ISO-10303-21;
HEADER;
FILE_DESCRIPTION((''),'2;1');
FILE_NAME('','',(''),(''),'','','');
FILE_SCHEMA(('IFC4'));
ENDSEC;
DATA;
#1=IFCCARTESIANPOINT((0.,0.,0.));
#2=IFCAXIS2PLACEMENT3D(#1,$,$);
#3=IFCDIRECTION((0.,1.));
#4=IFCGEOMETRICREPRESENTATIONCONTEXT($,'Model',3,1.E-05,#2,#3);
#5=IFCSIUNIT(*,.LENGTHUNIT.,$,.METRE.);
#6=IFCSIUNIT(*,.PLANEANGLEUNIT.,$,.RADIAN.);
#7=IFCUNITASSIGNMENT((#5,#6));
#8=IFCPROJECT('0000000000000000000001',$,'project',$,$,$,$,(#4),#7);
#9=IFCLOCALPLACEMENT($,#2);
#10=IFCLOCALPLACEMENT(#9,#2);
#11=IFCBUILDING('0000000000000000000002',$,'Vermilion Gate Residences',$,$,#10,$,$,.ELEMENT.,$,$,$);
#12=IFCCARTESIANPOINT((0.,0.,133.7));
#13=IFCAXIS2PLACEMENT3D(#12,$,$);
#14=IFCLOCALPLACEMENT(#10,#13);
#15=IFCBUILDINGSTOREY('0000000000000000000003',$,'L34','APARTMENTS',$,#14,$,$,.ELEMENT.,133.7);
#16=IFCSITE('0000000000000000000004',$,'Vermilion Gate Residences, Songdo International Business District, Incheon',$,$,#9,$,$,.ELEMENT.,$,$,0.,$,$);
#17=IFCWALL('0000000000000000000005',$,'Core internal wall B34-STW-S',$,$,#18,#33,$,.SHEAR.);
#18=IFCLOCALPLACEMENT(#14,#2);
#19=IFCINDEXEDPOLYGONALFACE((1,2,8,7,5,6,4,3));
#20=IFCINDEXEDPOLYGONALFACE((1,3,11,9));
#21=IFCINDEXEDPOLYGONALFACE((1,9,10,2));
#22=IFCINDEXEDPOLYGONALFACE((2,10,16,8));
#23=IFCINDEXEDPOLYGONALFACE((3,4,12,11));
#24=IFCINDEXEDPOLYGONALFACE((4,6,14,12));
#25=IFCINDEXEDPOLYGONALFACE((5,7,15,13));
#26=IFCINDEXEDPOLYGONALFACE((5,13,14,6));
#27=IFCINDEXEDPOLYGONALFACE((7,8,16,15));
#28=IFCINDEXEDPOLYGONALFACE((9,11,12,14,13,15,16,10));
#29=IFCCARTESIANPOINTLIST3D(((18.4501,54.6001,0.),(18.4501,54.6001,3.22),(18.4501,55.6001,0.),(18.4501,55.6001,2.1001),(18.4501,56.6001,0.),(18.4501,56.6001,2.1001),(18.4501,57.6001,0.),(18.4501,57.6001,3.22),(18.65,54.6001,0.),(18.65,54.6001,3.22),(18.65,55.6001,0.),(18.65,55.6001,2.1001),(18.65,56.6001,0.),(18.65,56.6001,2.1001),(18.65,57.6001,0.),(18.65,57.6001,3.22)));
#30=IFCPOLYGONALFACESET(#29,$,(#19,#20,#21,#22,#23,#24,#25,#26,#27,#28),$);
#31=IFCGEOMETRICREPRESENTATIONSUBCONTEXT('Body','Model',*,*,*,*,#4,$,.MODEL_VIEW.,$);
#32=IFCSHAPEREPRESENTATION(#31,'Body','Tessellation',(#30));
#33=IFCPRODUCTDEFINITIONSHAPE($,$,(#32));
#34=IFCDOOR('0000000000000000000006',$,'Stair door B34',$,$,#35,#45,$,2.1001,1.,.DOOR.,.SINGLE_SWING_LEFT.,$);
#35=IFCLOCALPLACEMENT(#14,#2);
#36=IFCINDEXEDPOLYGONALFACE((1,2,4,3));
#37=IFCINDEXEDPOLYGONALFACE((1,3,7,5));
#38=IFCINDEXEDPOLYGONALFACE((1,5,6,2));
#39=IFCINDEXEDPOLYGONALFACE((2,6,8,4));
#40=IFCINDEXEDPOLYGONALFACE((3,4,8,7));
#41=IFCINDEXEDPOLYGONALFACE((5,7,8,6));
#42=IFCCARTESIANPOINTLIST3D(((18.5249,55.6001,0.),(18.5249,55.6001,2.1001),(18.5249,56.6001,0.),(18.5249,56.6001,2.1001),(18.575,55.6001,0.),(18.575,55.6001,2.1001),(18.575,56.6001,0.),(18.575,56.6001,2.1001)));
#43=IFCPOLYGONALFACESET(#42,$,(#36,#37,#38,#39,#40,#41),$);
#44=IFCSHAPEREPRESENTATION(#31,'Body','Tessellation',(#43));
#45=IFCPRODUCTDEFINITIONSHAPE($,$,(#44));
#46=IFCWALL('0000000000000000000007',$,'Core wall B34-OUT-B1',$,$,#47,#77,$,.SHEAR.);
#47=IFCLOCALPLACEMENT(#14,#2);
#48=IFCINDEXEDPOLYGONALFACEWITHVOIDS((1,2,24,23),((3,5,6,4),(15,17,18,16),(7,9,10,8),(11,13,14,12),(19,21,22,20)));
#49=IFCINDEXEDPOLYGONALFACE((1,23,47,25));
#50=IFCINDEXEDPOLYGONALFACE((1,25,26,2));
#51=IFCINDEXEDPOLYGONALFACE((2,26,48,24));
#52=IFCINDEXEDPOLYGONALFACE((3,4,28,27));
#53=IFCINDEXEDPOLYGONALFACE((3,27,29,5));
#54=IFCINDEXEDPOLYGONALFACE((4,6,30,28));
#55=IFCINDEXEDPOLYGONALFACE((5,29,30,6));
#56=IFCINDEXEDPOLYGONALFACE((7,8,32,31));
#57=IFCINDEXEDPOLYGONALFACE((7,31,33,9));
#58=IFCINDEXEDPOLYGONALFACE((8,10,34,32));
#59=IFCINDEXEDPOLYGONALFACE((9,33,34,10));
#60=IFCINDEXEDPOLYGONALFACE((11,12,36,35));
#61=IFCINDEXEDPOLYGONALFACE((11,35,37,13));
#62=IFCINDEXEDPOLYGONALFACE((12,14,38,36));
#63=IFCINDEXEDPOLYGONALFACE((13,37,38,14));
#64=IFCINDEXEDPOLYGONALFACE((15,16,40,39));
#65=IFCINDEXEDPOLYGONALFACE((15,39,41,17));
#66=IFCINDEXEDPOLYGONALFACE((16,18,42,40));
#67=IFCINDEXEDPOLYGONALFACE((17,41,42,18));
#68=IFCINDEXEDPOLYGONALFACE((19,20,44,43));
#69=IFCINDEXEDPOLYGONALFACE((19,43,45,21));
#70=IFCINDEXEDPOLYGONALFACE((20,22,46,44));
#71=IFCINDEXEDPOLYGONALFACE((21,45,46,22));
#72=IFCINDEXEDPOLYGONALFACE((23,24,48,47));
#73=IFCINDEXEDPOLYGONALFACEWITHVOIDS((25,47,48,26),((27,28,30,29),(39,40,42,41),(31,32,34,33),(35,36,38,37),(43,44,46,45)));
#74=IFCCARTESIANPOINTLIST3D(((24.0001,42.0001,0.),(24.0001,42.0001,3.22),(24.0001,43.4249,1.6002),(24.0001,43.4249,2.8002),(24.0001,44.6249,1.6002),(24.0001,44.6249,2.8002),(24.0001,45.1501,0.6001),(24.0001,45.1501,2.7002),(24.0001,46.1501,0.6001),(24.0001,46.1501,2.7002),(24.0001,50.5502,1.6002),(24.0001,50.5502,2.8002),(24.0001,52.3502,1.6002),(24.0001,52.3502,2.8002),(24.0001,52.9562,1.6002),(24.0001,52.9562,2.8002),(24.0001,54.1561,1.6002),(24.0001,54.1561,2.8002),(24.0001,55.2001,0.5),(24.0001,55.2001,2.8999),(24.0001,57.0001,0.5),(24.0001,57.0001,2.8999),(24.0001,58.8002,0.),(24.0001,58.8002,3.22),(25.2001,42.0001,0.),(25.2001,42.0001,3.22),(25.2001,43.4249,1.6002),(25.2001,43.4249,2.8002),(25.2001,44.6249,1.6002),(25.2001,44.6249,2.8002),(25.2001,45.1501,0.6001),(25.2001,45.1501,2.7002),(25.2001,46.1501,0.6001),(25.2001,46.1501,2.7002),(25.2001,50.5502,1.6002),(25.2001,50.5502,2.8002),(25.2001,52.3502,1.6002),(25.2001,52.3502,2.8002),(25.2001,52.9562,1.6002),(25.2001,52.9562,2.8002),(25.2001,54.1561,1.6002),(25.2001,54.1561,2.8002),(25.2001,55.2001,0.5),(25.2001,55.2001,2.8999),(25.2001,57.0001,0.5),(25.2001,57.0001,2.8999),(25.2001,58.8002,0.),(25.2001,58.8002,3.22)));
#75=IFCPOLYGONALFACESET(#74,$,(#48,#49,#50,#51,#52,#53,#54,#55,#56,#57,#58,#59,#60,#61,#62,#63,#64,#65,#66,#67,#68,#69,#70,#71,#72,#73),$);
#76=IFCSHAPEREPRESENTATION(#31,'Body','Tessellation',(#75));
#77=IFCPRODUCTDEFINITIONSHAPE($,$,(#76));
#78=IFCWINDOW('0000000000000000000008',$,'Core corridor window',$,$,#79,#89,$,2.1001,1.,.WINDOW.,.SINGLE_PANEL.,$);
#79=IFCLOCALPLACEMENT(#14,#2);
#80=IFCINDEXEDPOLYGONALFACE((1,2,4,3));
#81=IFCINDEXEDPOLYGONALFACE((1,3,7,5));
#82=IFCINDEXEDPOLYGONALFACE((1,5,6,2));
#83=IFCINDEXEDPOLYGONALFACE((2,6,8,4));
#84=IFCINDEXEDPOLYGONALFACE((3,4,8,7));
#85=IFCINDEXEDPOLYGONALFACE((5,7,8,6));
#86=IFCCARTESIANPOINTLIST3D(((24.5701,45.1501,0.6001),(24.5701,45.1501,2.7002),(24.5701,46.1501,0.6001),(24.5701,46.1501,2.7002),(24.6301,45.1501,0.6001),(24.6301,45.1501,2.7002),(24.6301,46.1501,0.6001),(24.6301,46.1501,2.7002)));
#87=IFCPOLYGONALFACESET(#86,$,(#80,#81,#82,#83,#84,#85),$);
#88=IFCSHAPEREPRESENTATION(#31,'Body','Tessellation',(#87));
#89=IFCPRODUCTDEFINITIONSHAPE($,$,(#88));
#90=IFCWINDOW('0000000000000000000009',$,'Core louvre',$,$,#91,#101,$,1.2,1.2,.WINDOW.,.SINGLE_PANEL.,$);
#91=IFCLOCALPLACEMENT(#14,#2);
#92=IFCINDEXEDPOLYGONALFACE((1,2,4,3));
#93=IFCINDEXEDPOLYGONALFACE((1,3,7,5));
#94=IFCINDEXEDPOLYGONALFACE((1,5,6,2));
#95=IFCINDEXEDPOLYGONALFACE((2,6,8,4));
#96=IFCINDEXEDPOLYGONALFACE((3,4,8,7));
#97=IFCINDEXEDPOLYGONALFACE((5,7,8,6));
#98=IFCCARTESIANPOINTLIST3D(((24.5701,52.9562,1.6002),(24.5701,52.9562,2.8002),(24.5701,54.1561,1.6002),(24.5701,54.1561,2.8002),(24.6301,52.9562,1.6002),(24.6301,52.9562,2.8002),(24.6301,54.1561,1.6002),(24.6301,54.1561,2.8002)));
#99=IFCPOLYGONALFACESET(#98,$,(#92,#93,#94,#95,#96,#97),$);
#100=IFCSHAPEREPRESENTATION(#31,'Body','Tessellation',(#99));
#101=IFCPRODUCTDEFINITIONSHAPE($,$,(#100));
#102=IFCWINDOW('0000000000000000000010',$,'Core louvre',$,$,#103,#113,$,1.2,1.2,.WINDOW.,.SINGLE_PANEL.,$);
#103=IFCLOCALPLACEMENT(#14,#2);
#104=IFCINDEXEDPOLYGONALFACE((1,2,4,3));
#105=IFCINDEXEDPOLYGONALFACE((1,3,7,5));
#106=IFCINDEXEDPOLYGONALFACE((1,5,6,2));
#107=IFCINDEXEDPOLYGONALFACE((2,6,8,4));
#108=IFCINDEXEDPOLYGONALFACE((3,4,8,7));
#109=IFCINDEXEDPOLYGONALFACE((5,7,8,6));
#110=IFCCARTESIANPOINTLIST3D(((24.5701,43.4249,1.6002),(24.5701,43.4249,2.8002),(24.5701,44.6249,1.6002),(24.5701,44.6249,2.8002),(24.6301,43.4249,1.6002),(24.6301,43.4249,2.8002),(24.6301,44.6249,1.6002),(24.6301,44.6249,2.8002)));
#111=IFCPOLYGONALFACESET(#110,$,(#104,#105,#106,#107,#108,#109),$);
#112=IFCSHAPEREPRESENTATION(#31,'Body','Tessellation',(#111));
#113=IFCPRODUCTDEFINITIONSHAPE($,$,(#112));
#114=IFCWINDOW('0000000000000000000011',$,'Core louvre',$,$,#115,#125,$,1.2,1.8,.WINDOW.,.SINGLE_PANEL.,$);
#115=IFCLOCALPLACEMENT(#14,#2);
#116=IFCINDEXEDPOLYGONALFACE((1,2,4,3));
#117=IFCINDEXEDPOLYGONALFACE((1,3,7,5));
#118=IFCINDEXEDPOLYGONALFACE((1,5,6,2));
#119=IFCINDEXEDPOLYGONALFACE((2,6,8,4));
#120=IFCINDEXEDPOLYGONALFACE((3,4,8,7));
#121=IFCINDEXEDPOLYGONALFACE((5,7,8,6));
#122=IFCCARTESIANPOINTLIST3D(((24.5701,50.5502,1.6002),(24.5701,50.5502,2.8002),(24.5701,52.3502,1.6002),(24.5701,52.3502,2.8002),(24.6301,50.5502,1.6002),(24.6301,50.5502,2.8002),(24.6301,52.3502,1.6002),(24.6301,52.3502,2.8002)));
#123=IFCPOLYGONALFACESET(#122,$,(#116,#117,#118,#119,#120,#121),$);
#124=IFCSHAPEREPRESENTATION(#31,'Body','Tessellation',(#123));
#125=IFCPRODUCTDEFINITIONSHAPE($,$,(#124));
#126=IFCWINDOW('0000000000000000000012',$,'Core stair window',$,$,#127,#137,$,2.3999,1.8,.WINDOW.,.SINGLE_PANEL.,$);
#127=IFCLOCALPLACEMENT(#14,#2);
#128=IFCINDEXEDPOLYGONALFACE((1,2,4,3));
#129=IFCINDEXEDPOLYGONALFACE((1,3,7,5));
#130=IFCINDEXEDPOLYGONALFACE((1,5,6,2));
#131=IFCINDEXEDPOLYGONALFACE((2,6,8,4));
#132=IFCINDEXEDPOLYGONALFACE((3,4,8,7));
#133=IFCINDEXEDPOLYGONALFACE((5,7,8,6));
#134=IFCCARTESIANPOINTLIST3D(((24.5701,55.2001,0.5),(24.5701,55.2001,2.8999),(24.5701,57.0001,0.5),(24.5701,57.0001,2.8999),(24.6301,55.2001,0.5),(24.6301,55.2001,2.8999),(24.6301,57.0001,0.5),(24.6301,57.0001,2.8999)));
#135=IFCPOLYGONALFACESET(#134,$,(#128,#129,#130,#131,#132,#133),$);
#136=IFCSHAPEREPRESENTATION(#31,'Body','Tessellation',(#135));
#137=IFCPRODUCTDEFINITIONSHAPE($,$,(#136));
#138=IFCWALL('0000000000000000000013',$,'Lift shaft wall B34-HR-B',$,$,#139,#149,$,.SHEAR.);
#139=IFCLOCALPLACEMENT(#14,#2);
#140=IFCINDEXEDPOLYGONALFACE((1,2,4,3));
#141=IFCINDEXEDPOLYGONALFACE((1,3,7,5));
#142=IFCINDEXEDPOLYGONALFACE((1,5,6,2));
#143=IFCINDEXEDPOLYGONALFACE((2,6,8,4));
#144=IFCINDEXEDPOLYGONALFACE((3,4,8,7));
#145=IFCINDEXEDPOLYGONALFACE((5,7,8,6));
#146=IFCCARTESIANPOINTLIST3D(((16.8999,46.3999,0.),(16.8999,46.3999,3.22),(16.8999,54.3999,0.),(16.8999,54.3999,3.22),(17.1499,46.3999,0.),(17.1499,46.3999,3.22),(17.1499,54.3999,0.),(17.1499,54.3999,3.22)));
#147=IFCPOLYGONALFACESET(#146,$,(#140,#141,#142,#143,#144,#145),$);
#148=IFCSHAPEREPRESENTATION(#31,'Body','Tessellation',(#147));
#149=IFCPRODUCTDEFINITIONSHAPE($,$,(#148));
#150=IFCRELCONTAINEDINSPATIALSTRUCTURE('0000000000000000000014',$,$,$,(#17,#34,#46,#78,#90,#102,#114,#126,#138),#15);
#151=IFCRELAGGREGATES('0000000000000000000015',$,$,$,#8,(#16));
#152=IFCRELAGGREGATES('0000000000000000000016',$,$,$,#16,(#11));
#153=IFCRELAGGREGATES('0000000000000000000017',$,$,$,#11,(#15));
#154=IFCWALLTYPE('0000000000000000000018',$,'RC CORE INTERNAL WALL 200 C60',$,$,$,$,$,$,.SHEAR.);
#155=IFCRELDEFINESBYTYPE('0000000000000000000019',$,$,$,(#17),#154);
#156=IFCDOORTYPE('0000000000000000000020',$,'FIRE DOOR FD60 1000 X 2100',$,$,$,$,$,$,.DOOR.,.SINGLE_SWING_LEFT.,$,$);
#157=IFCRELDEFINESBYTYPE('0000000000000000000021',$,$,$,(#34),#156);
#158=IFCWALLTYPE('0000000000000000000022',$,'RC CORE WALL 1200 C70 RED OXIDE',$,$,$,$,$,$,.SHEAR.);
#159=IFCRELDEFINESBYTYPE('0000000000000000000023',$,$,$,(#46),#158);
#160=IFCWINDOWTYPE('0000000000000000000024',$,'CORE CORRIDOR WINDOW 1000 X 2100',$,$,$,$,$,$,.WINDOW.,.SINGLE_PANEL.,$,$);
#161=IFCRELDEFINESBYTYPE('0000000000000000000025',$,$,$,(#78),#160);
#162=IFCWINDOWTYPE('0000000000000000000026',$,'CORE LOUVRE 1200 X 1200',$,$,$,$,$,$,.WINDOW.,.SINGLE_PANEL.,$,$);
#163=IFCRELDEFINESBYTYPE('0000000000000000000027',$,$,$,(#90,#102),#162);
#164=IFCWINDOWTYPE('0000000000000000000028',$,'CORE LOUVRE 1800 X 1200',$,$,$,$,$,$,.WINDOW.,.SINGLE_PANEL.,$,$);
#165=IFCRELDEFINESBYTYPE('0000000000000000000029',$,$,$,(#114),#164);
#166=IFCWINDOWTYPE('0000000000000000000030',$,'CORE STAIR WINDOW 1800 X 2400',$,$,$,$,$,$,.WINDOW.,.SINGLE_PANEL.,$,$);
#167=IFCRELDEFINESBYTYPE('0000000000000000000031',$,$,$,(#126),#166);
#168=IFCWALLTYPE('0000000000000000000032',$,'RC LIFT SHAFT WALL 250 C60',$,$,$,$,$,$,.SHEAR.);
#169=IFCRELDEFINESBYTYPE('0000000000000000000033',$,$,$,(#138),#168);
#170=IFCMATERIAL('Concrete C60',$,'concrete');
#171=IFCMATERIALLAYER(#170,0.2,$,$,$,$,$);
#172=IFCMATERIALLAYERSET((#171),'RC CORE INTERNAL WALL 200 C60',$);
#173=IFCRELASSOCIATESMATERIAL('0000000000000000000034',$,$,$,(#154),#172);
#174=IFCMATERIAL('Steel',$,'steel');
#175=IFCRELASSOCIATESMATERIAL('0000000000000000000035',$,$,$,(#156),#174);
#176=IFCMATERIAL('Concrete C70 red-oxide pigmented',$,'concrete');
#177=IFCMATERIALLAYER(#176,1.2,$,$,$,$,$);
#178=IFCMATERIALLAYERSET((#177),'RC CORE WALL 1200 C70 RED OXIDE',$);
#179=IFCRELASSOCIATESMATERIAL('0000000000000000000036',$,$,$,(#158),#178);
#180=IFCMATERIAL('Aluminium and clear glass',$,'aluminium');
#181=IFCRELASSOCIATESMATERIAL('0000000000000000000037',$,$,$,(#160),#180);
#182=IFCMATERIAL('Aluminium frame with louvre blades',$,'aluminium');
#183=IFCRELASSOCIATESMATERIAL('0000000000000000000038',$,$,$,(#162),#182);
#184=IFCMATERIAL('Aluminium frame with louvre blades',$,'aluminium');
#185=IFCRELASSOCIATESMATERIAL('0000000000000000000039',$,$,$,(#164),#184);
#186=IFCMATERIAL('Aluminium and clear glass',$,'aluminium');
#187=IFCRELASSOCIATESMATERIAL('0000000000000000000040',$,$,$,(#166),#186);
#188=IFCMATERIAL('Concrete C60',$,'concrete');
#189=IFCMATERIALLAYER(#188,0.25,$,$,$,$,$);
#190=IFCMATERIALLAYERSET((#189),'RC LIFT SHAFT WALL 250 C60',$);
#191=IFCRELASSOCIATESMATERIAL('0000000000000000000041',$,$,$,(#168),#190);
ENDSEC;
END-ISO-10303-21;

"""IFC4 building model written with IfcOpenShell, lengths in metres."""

from ifc_helpers import new_model, si_unit, direction, frame, frame_2d, origin, place, context, subcontext, project, spatial, rectangle, extrude, material, layer, layer_set, type_object, element, fill, save


model = new_model("IFC4")

# Units and contexts
model_context = context("Model", 3, precision=1e-05, world=origin(), true_north=direction((0.0, 1.0)))
body_context = subcontext(model_context, "Body", "Model", "MODEL_VIEW")
ifc_project = project(units=[si_unit("LENGTHUNIT", "METRE"), si_unit("PLANEANGLEUNIT", "RADIAN")], contexts=[model_context])

# Site, building, storey
site_placement = place(None, origin())
site = spatial("IfcSite", under=ifc_project, at=site_placement, Name="Vermilion Gate Residences, Songdo International Business District, Incheon", CompositionType="ELEMENT", RefElevation=0.0)
building_placement = place(site_placement, origin())
building = spatial("IfcBuilding", under=site, at=building_placement, Name="Vermilion Gate Residences", CompositionType="ELEMENT")
storey_placement = place(building_placement, frame((0.0, 0.0, 133.7)))
storey = spatial("IfcBuildingStorey", under=building, at=storey_placement, Name="L34", Description="APARTMENTS", CompositionType="ELEMENT", Elevation=133.7)

# Shared definitions
ifc_material_1 = material(Name="Concrete C60", Category="concrete")
ifc_layer_1 = layer(ifc_material_1, 0.2)
ifc_layer_set_1 = layer_set([ifc_layer_1], Name="RC CORE INTERNAL WALL 200 C60")
wall_type_1 = type_object("IfcWallType", Name="RC CORE INTERNAL WALL 200 C60", PredefinedType="SHEAR", material=ifc_layer_set_1)

# Wall, opening, door
wall_1_placement = place(storey_placement, frame((18.55, 57.6001, 0.0), z_axis=(0.0, 0.0, 1.0), x_axis=(0.0, -1.0, 0.0)))
wall_1 = element("IfcWall", 1, at=wall_1_placement, inside=storey, type_object=wall_type_1, Name="Core internal wall B34-STW-S", PredefinedType="SHEAR", context=body_context, shape_type="SweptSolid", body=[
    extrude(rectangle(XDim=3.0, YDim=0.2, at=frame_2d((1.5, 0.0))), origin(), (0.0, 0.0, 1.0), 3.22),
])
opening_1_placement = place(wall_1_placement, frame((1.0, 0.0, 0.0)))
opening_1 = element("IfcOpeningElement", 2, at=opening_1_placement, cuts=wall_1, PredefinedType="OPENING", context=body_context, shape_type="SweptSolid", body=[
    extrude(rectangle(XDim=1.0, YDim=2.1001, at=frame_2d((0.5, 1.05))), frame((0.0, 0.1099, 0.0), z_axis=(0.0, -1.0, 0.0), x_axis=(1.0, 0.0, 0.0)), (0.0, 0.0, 1.0), 0.22),
])
ifc_material_2 = material(Name="Steel", Category="steel")
door_type_1 = type_object("IfcDoorType", Name="FIRE DOOR FD60 1000 X 2100", OperationType="SINGLE_SWING_LEFT", PredefinedType="DOOR", material=ifc_material_2)
door_1_placement = place(opening_1_placement, origin())
door_1 = element("IfcDoor", 3, at=door_1_placement, inside=storey, type_object=door_type_1, Name="Stair door B34", OperationType="SINGLE_SWING_LEFT", OverallHeight=2.1001, OverallWidth=1.0, PredefinedType="DOOR", context=body_context, shape_type="SweptSolid", body=[
    extrude(rectangle(XDim=1.0, YDim=2.1001, at=frame_2d((0.5, 1.05))), frame((0.0, 0.0249, 0.0), z_axis=(0.0, -1.0, 0.0), x_axis=(1.0, 0.0, 0.0)), (0.0, 0.0, 1.0), 0.05),
])
fill(opening_1, door_1)

# Wall, openings, windows
ifc_material_3 = material(Name="Concrete C70 red-oxide pigmented", Category="concrete")
ifc_layer_2 = layer(ifc_material_3, 1.2)
ifc_layer_set_2 = layer_set([ifc_layer_2], Name="RC CORE WALL 1200 C70 RED OXIDE")
wall_type_2 = type_object("IfcWallType", Name="RC CORE WALL 1200 C70 RED OXIDE", PredefinedType="SHEAR", material=ifc_layer_set_2)
wall_2_placement = place(storey_placement, frame((24.6001, 58.8, 0.0), z_axis=(0.0, 0.0, 1.0), x_axis=(0.0, -1.0, 0.0)))
wall_2 = element("IfcWall", 4, at=wall_2_placement, inside=storey, type_object=wall_type_2, Name="Core wall B34-OUT-B1", PredefinedType="SHEAR", context=body_context, shape_type="SweptSolid", body=[
    extrude(rectangle(XDim=16.8, YDim=1.2, at=frame_2d((8.3999, 0.0))), origin(), (0.0, 0.0, 1.0), 3.22),
])
opening_2_placement = place(wall_2_placement, frame((1.8, 0.0, 0.5)))
opening_2 = element("IfcOpeningElement", 5, at=opening_2_placement, cuts=wall_2, PredefinedType="OPENING", context=body_context, shape_type="SweptSolid", body=[
    extrude(rectangle(XDim=1.8, YDim=2.3999, at=frame_2d((0.8999, 1.2))), frame((0.0, 0.6099, 0.0), z_axis=(0.0, -1.0, 0.0), x_axis=(1.0, 0.0, 0.0)), (0.0, 0.0, 1.0), 1.22),
])
opening_3_placement = place(wall_2_placement, frame((4.6438, 0.0, 1.6001)))
opening_3 = element("IfcOpeningElement", 6, at=opening_3_placement, cuts=wall_2, PredefinedType="OPENING", context=body_context, shape_type="SweptSolid", body=[
    extrude(rectangle(XDim=1.2, YDim=1.2, at=frame_2d((0.6001, 0.6001))), frame((0.0, 0.6099, 0.0), z_axis=(0.0, -1.0, 0.0), x_axis=(1.0, 0.0, 0.0)), (0.0, 0.0, 1.0), 1.22),
])
opening_4_placement = place(wall_2_placement, frame((6.45, 0.0, 1.6001)))
opening_4 = element("IfcOpeningElement", 7, at=opening_4_placement, cuts=wall_2, PredefinedType="OPENING", context=body_context, shape_type="SweptSolid", body=[
    extrude(rectangle(XDim=1.8, YDim=1.2, at=frame_2d((0.8999, 0.6001))), frame((0.0, 0.6099, 0.0), z_axis=(0.0, -1.0, 0.0), x_axis=(1.0, 0.0, 0.0)), (0.0, 0.0, 1.0), 1.22),
])
opening_5_placement = place(wall_2_placement, frame((12.6499, 0.0, 0.6001)))
opening_5 = element("IfcOpeningElement", 8, at=opening_5_placement, cuts=wall_2, PredefinedType="OPENING", context=body_context, shape_type="SweptSolid", body=[
    extrude(rectangle(XDim=1.0, YDim=2.1001, at=frame_2d((0.5, 1.05))), frame((0.0, 0.6099, 0.0), z_axis=(0.0, -1.0, 0.0), x_axis=(1.0, 0.0, 0.0)), (0.0, 0.0, 1.0), 1.22),
])
opening_6_placement = place(wall_2_placement, frame((14.175, 0.0, 1.6001)))
opening_6 = element("IfcOpeningElement", 9, at=opening_6_placement, cuts=wall_2, PredefinedType="OPENING", context=body_context, shape_type="SweptSolid", body=[
    extrude(rectangle(XDim=1.2, YDim=1.2, at=frame_2d((0.6001, 0.6001))), frame((0.0, 0.6099, 0.0), z_axis=(0.0, -1.0, 0.0), x_axis=(1.0, 0.0, 0.0)), (0.0, 0.0, 1.0), 1.22),
])
ifc_material_4 = material(Name="Aluminium and clear glass", Category="aluminium")
window_type_1 = type_object("IfcWindowType", Name="CORE CORRIDOR WINDOW 1000 X 2100", PartitioningType="SINGLE_PANEL", PredefinedType="WINDOW", material=ifc_material_4)
window_1_placement = place(opening_5_placement, origin())
window_1 = element("IfcWindow", 10, at=window_1_placement, inside=storey, type_object=window_type_1, Name="Core corridor window", OverallHeight=2.1001, OverallWidth=1.0, PartitioningType="SINGLE_PANEL", PredefinedType="WINDOW", context=body_context, shape_type="SweptSolid", body=[
    extrude(rectangle(XDim=1.0, YDim=2.1001, at=frame_2d((0.5, 1.05))), frame((0.0, 0.03, 0.0), z_axis=(0.0, -1.0, 0.0), x_axis=(1.0, 0.0, 0.0)), (0.0, 0.0, 1.0), 0.0601),
])
fill(opening_5, window_1)
ifc_material_5 = material(Name="Aluminium frame with louvre blades", Category="aluminium")
window_type_2 = type_object("IfcWindowType", Name="CORE LOUVRE 1200 X 1200", PartitioningType="SINGLE_PANEL", PredefinedType="WINDOW", material=ifc_material_5)
window_2_placement = place(opening_3_placement, origin())
window_2 = element("IfcWindow", 11, at=window_2_placement, inside=storey, type_object=window_type_2, Name="Core louvre", OverallHeight=1.2, OverallWidth=1.2, PartitioningType="SINGLE_PANEL", PredefinedType="WINDOW", context=body_context, shape_type="SweptSolid", body=[
    extrude(rectangle(XDim=1.2, YDim=1.2, at=frame_2d((0.6001, 0.6001))), frame((0.0, 0.03, 0.0), z_axis=(0.0, -1.0, 0.0), x_axis=(1.0, 0.0, 0.0)), (0.0, 0.0, 1.0), 0.0601),
])
fill(opening_3, window_2)
window_3_placement = place(opening_6_placement, origin())
window_3 = element("IfcWindow", 12, at=window_3_placement, inside=storey, type_object=window_type_2, Name="Core louvre", OverallHeight=1.2, OverallWidth=1.2, PartitioningType="SINGLE_PANEL", PredefinedType="WINDOW", context=body_context, shape_type="SweptSolid", body=[
    extrude(rectangle(XDim=1.2, YDim=1.2, at=frame_2d((0.6001, 0.6001))), frame((0.0, 0.03, 0.0), z_axis=(0.0, -1.0, 0.0), x_axis=(1.0, 0.0, 0.0)), (0.0, 0.0, 1.0), 0.0601),
])
fill(opening_6, window_3)
ifc_material_6 = material(Name="Aluminium frame with louvre blades", Category="aluminium")
window_type_3 = type_object("IfcWindowType", Name="CORE LOUVRE 1800 X 1200", PartitioningType="SINGLE_PANEL", PredefinedType="WINDOW", material=ifc_material_6)
window_4_placement = place(opening_4_placement, origin())
window_4 = element("IfcWindow", 13, at=window_4_placement, inside=storey, type_object=window_type_3, Name="Core louvre", OverallHeight=1.2, OverallWidth=1.8, PartitioningType="SINGLE_PANEL", PredefinedType="WINDOW", context=body_context, shape_type="SweptSolid", body=[
    extrude(rectangle(XDim=1.8, YDim=1.2, at=frame_2d((0.8999, 0.6001))), frame((0.0, 0.03, 0.0), z_axis=(0.0, -1.0, 0.0), x_axis=(1.0, 0.0, 0.0)), (0.0, 0.0, 1.0), 0.0601),
])
fill(opening_4, window_4)
ifc_material_7 = material(Name="Aluminium and clear glass", Category="aluminium")
window_type_4 = type_object("IfcWindowType", Name="CORE STAIR WINDOW 1800 X 2400", PartitioningType="SINGLE_PANEL", PredefinedType="WINDOW", material=ifc_material_7)
window_5_placement = place(opening_2_placement, origin())
window_5 = element("IfcWindow", 14, at=window_5_placement, inside=storey, type_object=window_type_4, Name="Core stair window", OverallHeight=2.3999, OverallWidth=1.8, PartitioningType="SINGLE_PANEL", PredefinedType="WINDOW", context=body_context, shape_type="SweptSolid", body=[
    extrude(rectangle(XDim=1.8, YDim=2.3999, at=frame_2d((0.8999, 1.2))), frame((0.0, 0.03, 0.0), z_axis=(0.0, -1.0, 0.0), x_axis=(1.0, 0.0, 0.0)), (0.0, 0.0, 1.0), 0.0601),
])
fill(opening_2, window_5)

# Wall
ifc_material_8 = material(Name="Concrete C60", Category="concrete")
ifc_layer_3 = layer(ifc_material_8, 0.25)
ifc_layer_set_3 = layer_set([ifc_layer_3], Name="RC LIFT SHAFT WALL 250 C60")
wall_type_3 = type_object("IfcWallType", Name="RC LIFT SHAFT WALL 250 C60", PredefinedType="SHEAR", material=ifc_layer_set_3)
wall_3_placement = place(storey_placement, frame((17.0249, 54.3999, 0.0), z_axis=(0.0, 0.0, 1.0), x_axis=(0.0, -1.0, 0.0)))
element("IfcWall", 15, at=wall_3_placement, inside=storey, type_object=wall_type_3, Name="Lift shaft wall B34-HR-B", PredefinedType="SHEAR", context=body_context, shape_type="SweptSolid", body=[
    extrude(rectangle(XDim=8.0, YDim=0.25, at=frame_2d((4.0, 0.0))), origin(), (0.0, 0.0, 1.0), 3.22),
])

save(model, "model.ifc")
